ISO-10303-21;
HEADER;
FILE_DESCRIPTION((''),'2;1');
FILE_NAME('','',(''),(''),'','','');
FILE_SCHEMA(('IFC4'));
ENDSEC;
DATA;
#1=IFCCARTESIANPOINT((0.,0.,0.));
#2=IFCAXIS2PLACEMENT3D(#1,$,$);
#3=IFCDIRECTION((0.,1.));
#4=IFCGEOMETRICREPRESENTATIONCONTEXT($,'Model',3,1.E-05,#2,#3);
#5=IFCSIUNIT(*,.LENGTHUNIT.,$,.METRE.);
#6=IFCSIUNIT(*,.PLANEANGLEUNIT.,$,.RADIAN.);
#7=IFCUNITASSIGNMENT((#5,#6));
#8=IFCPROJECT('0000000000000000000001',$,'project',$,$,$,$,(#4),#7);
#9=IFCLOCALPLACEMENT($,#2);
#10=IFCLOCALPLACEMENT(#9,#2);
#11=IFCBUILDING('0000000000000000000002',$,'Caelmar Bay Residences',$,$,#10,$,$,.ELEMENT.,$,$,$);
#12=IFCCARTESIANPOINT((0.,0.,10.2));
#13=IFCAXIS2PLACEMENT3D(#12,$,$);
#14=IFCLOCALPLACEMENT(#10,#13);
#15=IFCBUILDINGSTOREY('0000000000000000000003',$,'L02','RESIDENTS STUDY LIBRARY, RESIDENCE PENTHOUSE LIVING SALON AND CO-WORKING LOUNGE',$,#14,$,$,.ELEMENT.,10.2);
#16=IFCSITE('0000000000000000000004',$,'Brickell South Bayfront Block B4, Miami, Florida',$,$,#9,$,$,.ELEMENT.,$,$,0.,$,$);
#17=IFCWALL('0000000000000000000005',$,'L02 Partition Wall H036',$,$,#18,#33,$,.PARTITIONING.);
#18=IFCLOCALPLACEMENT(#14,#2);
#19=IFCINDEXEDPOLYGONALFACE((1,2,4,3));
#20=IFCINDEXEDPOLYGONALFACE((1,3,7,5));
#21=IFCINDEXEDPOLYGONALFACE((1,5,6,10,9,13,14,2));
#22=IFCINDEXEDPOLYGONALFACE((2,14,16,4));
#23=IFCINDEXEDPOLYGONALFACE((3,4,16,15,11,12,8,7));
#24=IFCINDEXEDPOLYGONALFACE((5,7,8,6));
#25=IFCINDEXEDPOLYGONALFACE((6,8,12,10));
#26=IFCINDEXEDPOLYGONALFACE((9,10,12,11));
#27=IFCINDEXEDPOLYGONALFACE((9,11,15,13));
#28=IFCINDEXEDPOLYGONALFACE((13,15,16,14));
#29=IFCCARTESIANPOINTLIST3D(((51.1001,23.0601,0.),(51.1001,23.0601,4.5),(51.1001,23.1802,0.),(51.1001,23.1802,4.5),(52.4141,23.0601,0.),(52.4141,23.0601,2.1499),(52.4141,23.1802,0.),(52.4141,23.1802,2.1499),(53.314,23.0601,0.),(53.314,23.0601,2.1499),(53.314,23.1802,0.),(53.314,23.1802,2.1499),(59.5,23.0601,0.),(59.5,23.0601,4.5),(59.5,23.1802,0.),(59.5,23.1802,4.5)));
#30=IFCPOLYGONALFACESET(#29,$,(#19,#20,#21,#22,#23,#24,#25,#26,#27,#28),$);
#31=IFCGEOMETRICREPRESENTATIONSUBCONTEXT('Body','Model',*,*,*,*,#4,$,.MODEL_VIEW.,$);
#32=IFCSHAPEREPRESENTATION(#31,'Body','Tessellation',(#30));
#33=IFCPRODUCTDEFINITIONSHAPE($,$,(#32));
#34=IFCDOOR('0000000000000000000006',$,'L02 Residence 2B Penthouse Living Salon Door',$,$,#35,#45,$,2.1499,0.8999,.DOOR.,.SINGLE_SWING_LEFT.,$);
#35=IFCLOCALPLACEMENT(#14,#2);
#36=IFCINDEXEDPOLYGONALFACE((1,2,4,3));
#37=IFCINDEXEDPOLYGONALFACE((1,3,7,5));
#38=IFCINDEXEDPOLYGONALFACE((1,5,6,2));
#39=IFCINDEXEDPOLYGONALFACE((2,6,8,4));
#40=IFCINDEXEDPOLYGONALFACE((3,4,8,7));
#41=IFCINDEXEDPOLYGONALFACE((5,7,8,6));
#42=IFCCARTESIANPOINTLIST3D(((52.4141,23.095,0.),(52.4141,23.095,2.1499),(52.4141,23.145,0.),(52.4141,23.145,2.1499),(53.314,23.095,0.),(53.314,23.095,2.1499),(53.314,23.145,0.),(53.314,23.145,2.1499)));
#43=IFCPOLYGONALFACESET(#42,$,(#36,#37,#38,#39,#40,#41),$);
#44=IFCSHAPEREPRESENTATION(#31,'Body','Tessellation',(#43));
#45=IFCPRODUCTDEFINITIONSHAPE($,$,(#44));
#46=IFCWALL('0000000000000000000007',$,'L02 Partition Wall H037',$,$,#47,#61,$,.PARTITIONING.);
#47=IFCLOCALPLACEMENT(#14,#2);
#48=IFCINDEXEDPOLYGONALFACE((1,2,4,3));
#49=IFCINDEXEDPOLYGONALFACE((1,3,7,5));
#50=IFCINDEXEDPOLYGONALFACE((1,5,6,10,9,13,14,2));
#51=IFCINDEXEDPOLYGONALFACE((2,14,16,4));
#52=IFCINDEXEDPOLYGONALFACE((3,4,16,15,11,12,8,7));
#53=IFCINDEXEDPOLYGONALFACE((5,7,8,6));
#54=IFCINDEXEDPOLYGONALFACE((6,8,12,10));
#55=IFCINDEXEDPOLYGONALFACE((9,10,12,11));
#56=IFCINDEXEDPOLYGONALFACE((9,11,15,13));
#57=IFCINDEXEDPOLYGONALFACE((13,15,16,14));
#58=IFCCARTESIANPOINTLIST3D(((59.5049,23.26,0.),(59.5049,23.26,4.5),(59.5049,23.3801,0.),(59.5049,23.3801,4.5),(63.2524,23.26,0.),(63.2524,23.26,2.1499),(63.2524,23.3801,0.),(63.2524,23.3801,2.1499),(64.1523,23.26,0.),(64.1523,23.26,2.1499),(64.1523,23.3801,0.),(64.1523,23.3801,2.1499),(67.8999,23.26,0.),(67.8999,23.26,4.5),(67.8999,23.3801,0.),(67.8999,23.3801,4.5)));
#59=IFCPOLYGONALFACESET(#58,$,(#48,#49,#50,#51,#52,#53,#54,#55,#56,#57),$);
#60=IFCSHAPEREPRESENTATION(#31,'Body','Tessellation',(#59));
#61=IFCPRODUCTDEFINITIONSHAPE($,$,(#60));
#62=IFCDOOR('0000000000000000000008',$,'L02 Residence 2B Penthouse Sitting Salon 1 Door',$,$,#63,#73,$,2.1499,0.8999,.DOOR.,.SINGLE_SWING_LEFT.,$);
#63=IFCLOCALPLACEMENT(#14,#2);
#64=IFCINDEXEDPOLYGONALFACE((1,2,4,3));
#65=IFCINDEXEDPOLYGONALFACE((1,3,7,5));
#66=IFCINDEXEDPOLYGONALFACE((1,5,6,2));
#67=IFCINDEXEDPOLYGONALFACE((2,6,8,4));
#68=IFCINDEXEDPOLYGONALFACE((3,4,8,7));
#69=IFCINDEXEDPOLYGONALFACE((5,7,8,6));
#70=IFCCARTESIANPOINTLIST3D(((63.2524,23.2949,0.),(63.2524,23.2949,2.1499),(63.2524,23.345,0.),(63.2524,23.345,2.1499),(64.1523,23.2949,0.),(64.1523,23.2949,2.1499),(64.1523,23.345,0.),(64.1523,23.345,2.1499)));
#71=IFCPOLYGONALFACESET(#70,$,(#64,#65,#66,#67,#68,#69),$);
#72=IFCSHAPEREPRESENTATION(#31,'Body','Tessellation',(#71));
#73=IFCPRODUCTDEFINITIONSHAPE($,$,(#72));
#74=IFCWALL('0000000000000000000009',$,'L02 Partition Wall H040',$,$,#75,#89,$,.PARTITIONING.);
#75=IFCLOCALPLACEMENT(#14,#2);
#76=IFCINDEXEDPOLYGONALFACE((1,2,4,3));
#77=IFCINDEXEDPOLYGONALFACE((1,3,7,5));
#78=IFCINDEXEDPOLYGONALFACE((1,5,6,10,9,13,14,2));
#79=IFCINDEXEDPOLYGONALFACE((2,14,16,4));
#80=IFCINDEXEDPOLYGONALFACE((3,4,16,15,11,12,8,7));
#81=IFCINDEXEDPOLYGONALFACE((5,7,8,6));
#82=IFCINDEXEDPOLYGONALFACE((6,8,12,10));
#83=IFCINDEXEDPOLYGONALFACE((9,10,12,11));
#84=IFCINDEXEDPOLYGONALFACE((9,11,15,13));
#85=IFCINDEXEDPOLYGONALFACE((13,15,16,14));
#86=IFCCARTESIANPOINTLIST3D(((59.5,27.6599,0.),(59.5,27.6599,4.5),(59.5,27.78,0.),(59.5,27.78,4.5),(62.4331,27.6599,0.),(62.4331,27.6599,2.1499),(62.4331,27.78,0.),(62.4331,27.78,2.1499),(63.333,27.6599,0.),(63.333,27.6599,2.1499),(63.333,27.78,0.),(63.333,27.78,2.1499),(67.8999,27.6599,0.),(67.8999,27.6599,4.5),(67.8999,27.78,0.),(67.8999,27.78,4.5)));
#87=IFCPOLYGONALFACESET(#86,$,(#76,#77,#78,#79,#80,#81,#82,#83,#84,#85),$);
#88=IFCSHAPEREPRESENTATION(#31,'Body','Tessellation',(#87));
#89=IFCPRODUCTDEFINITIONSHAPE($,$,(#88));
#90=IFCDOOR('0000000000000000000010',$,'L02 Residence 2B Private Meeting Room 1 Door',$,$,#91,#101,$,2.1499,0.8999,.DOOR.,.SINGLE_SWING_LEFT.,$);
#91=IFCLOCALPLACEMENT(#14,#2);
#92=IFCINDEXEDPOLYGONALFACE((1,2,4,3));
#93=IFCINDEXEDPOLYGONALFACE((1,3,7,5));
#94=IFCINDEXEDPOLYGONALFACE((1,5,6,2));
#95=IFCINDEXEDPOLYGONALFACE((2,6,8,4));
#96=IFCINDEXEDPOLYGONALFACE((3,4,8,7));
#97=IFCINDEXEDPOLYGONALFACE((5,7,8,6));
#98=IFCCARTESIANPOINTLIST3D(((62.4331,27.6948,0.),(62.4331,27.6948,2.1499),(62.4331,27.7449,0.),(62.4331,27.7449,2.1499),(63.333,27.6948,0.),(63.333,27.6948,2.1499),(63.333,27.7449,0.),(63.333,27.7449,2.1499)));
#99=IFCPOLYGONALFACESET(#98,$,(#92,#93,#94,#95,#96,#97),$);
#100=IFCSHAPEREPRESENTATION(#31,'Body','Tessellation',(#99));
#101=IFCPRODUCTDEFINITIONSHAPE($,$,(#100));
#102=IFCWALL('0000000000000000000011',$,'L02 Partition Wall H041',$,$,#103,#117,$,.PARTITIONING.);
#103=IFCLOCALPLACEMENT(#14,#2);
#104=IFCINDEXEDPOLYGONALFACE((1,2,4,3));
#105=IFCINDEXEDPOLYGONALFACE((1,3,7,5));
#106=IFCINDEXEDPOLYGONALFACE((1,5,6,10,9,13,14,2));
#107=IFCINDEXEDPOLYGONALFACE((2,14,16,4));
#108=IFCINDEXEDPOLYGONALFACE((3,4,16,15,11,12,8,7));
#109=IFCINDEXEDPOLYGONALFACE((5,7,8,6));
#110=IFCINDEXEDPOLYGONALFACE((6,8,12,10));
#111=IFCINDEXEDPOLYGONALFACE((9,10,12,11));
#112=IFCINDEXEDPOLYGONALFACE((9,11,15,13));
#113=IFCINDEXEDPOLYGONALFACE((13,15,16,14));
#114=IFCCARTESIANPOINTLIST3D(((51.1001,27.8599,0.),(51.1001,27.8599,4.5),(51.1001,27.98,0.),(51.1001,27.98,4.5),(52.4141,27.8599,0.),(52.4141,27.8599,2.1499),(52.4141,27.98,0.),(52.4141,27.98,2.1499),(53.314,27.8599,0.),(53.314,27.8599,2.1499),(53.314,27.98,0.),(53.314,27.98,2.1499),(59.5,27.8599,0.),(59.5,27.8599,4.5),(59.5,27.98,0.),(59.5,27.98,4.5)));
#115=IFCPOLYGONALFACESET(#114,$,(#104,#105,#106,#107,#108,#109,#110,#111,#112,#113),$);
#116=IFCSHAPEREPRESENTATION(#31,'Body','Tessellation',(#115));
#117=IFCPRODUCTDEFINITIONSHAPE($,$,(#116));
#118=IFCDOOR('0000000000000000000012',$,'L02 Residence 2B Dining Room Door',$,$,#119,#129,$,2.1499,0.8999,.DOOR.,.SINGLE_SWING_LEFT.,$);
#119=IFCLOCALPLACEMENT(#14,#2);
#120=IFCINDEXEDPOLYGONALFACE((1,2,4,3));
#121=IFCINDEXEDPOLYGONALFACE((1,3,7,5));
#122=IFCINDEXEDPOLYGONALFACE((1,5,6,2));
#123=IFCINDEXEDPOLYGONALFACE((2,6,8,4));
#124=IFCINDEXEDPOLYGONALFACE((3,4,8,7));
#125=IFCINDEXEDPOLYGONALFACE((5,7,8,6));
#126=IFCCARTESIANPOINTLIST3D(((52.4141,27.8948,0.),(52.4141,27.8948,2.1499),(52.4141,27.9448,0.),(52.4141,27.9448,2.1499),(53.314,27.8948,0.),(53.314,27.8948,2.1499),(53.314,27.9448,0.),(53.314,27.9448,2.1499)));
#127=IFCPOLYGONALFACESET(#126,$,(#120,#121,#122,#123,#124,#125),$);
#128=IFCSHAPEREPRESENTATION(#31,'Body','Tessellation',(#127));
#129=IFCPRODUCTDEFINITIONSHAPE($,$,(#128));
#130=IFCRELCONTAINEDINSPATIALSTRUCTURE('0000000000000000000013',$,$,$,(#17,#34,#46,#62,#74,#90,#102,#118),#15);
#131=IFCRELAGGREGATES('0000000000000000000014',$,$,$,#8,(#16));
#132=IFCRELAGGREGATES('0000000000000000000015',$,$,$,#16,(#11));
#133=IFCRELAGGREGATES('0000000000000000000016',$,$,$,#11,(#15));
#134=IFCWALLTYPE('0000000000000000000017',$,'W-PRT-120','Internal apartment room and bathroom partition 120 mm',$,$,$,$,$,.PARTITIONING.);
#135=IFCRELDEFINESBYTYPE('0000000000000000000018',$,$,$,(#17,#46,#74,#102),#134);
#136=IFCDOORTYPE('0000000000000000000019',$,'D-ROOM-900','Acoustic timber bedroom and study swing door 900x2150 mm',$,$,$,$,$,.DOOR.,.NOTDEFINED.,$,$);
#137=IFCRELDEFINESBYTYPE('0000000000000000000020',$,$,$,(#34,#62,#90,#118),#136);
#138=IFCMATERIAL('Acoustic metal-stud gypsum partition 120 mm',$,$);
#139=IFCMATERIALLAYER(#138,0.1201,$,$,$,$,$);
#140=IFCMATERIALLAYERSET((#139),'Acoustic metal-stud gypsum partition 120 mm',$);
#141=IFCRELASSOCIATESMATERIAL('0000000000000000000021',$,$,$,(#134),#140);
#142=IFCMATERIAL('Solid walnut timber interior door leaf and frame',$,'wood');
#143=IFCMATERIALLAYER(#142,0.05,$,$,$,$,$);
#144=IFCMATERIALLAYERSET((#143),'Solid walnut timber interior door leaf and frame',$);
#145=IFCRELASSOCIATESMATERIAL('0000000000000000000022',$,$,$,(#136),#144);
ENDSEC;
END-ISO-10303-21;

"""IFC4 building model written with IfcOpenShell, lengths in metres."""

from ifc_helpers import new_model, si_unit, direction, frame, frame_2d, origin, place, context, subcontext, project, spatial, rectangle, extrude, material, layer, layer_set, type_object, element, fill, save


model = new_model("IFC4")

# Units and contexts
model_context = context("Model", 3, precision=1e-05, world=origin(), true_north=direction((0.0, 1.0)))
body_context = subcontext(model_context, "Body", "Model", "MODEL_VIEW")
ifc_project = project(units=[si_unit("LENGTHUNIT", "METRE"), si_unit("PLANEANGLEUNIT", "RADIAN")], contexts=[model_context])

# Site, building, storey
site_placement = place(None, origin())
site = spatial("IfcSite", under=ifc_project, at=site_placement, Name="Brickell South Bayfront Block B4, Miami, Florida", CompositionType="ELEMENT", RefElevation=0.0)
building_placement = place(site_placement, origin())
building = spatial("IfcBuilding", under=site, at=building_placement, Name="Caelmar Bay Residences", CompositionType="ELEMENT")
storey_placement = place(building_placement, frame((0.0, 0.0, 10.2)))
storey = spatial("IfcBuildingStorey", under=building, at=storey_placement, Name="L02", Description="RESIDENTS STUDY LIBRARY, RESIDENCE PENTHOUSE LIVING SALON AND CO-WORKING LOUNGE", CompositionType="ELEMENT", Elevation=10.2)

# Walls, openings, doors
ifc_material_1 = material(Name="Acoustic metal-stud gypsum partition 120 mm")
ifc_layer_1 = layer(ifc_material_1, 0.1201)
ifc_layer_set_1 = layer_set([ifc_layer_1], Name="Acoustic metal-stud gypsum partition 120 mm")
wall_type_1 = type_object("IfcWallType", Name="W-PRT-120", Description="Internal apartment room and bathroom partition 120 mm", PredefinedType="PARTITIONING", material=ifc_layer_set_1)
ifc_material_2 = material(Name="Solid walnut timber interior door leaf and frame", Category="wood")
ifc_layer_2 = layer(ifc_material_2, 0.05)
ifc_layer_set_2 = layer_set([ifc_layer_2], Name="Solid walnut timber interior door leaf and frame")
door_type_1 = type_object("IfcDoorType", Name="D-ROOM-900", Description="Acoustic timber bedroom and study swing door 900x2150 mm", OperationType="NOTDEFINED", PredefinedType="DOOR", material=ifc_layer_set_2)
wall_1_placement = place(storey_placement, frame((51.1001, 23.1201, 0.0), z_axis=(0.0, 0.0, 1.0), x_axis=(1.0, 0.0, 0.0)))
wall_1 = element("IfcWall", 1, at=wall_1_placement, inside=storey, type_object=wall_type_1, Name="L02 Partition Wall H036", PredefinedType="PARTITIONING", context=body_context, shape_type="SweptSolid", body=[
    extrude(rectangle(XDim=8.3999, YDim=0.1201, at=frame_2d((4.2, 0.0))), origin(), (0.0, 0.0, 1.0), 4.5),
])
opening_1_placement = place(wall_1_placement, frame((1.314, 0.0, 0.0)))
opening_1 = element("IfcOpeningElement", 2, at=opening_1_placement, cuts=wall_1, PredefinedType="OPENING", context=body_context, shape_type="SweptSolid", body=[
    extrude(rectangle(XDim=0.8999, YDim=2.1499, at=frame_2d((0.45, 1.075))), frame((0.0, 0.0701, 0.0), z_axis=(0.0, -1.0, 0.0), x_axis=(1.0, 0.0, 0.0)), (0.0, 0.0, 1.0), 0.1401),
])
door_1_placement = place(opening_1_placement, origin())
door_1 = element("IfcDoor", 3, at=door_1_placement, inside=storey, type_object=door_type_1, Name="L02 Residence 2B Penthouse Living Salon Door", OperationType="SINGLE_SWING_LEFT", OverallHeight=2.1499, OverallWidth=0.8999, PredefinedType="DOOR", context=body_context, shape_type="SweptSolid", body=[
    extrude(rectangle(XDim=0.8999, YDim=2.1499, at=frame_2d((0.45, 1.075))), frame((0.0, 0.0249, 0.0), z_axis=(0.0, -1.0, 0.0), x_axis=(1.0, 0.0, 0.0)), (0.0, 0.0, 1.0), 0.05),
])
fill(opening_1, door_1)
wall_2_placement = place(storey_placement, frame((59.5049, 23.3201, 0.0), z_axis=(0.0, 0.0, 1.0), x_axis=(1.0, 0.0, 0.0)))
wall_2 = element("IfcWall", 4, at=wall_2_placement, inside=storey, type_object=wall_type_1, Name="L02 Partition Wall H037", PredefinedType="PARTITIONING", context=body_context, shape_type="SweptSolid", body=[
    extrude(rectangle(XDim=8.395, YDim=0.1201, at=frame_2d((4.1975, 0.0))), origin(), (0.0, 0.0, 1.0), 4.5),
])
opening_2_placement = place(wall_2_placement, frame((3.7476, 0.0, 0.0)))
opening_2 = element("IfcOpeningElement", 5, at=opening_2_placement, cuts=wall_2, PredefinedType="OPENING", context=body_context, shape_type="SweptSolid", body=[
    extrude(rectangle(XDim=0.8999, YDim=2.1499, at=frame_2d((0.45, 1.075))), frame((0.0, 0.0701, 0.0), z_axis=(0.0, -1.0, 0.0), x_axis=(1.0, 0.0, 0.0)), (0.0, 0.0, 1.0), 0.1401),
])
door_2_placement = place(opening_2_placement, origin())
door_2 = element("IfcDoor", 6, at=door_2_placement, inside=storey, type_object=door_type_1, Name="L02 Residence 2B Penthouse Sitting Salon 1 Door", OperationType="SINGLE_SWING_LEFT", OverallHeight=2.1499, OverallWidth=0.8999, PredefinedType="DOOR", context=body_context, shape_type="SweptSolid", body=[
    extrude(rectangle(XDim=0.8999, YDim=2.1499, at=frame_2d((0.45, 1.075))), frame((0.0, 0.0249, 0.0), z_axis=(0.0, -1.0, 0.0), x_axis=(1.0, 0.0, 0.0)), (0.0, 0.0, 1.0), 0.05),
])
fill(opening_2, door_2)
wall_3_placement = place(storey_placement, frame((59.5, 27.72, 0.0), z_axis=(0.0, 0.0, 1.0), x_axis=(1.0, 0.0, 0.0)))
wall_3 = element("IfcWall", 7, at=wall_3_placement, inside=storey, type_object=wall_type_1, Name="L02 Partition Wall H040", PredefinedType="PARTITIONING", context=body_context, shape_type="SweptSolid", body=[
    extrude(rectangle(XDim=8.3999, YDim=0.1201, at=frame_2d((4.2, 0.0))), origin(), (0.0, 0.0, 1.0), 4.5),
])
opening_3_placement = place(wall_3_placement, frame((2.9331, 0.0, 0.0)))
opening_3 = element("IfcOpeningElement", 8, at=opening_3_placement, cuts=wall_3, PredefinedType="OPENING", context=body_context, shape_type="SweptSolid", body=[
    extrude(rectangle(XDim=0.8999, YDim=2.1499, at=frame_2d((0.45, 1.075))), frame((0.0, 0.0701, 0.0), z_axis=(0.0, -1.0, 0.0), x_axis=(1.0, 0.0, 0.0)), (0.0, 0.0, 1.0), 0.1401),
])
door_3_placement = place(opening_3_placement, origin())
door_3 = element("IfcDoor", 9, at=door_3_placement, inside=storey, type_object=door_type_1, Name="L02 Residence 2B Private Meeting Room 1 Door", OperationType="SINGLE_SWING_LEFT", OverallHeight=2.1499, OverallWidth=0.8999, PredefinedType="DOOR", context=body_context, shape_type="SweptSolid", body=[
    extrude(rectangle(XDim=0.8999, YDim=2.1499, at=frame_2d((0.45, 1.075))), frame((0.0, 0.0249, 0.0), z_axis=(0.0, -1.0, 0.0), x_axis=(1.0, 0.0, 0.0)), (0.0, 0.0, 1.0), 0.05),
])
fill(opening_3, door_3)
wall_4_placement = place(storey_placement, frame((51.1001, 27.9199, 0.0), z_axis=(0.0, 0.0, 1.0), x_axis=(1.0, 0.0, 0.0)))
wall_4 = element("IfcWall", 10, at=wall_4_placement, inside=storey, type_object=wall_type_1, Name="L02 Partition Wall H041", PredefinedType="PARTITIONING", context=body_context, shape_type="SweptSolid", body=[
    extrude(rectangle(XDim=8.3999, YDim=0.1201, at=frame_2d((4.2, 0.0))), origin(), (0.0, 0.0, 1.0), 4.5),
])
opening_4_placement = place(wall_4_placement, frame((1.314, 0.0, 0.0)))
opening_4 = element("IfcOpeningElement", 11, at=opening_4_placement, cuts=wall_4, PredefinedType="OPENING", context=body_context, shape_type="SweptSolid", body=[
    extrude(rectangle(XDim=0.8999, YDim=2.1499, at=frame_2d((0.45, 1.075))), frame((0.0, 0.0701, 0.0), z_axis=(0.0, -1.0, 0.0), x_axis=(1.0, 0.0, 0.0)), (0.0, 0.0, 1.0), 0.1401),
])
door_4_placement = place(opening_4_placement, origin())
door_4 = element("IfcDoor", 12, at=door_4_placement, inside=storey, type_object=door_type_1, Name="L02 Residence 2B Dining Room Door", OperationType="SINGLE_SWING_LEFT", OverallHeight=2.1499, OverallWidth=0.8999, PredefinedType="DOOR", context=body_context, shape_type="SweptSolid", body=[
    extrude(rectangle(XDim=0.8999, YDim=2.1499, at=frame_2d((0.45, 1.075))), frame((0.0, 0.0249, 0.0), z_axis=(0.0, -1.0, 0.0), x_axis=(1.0, 0.0, 0.0)), (0.0, 0.0, 1.0), 0.05),
])
fill(opening_4, door_4)

save(model, "model.ifc")
